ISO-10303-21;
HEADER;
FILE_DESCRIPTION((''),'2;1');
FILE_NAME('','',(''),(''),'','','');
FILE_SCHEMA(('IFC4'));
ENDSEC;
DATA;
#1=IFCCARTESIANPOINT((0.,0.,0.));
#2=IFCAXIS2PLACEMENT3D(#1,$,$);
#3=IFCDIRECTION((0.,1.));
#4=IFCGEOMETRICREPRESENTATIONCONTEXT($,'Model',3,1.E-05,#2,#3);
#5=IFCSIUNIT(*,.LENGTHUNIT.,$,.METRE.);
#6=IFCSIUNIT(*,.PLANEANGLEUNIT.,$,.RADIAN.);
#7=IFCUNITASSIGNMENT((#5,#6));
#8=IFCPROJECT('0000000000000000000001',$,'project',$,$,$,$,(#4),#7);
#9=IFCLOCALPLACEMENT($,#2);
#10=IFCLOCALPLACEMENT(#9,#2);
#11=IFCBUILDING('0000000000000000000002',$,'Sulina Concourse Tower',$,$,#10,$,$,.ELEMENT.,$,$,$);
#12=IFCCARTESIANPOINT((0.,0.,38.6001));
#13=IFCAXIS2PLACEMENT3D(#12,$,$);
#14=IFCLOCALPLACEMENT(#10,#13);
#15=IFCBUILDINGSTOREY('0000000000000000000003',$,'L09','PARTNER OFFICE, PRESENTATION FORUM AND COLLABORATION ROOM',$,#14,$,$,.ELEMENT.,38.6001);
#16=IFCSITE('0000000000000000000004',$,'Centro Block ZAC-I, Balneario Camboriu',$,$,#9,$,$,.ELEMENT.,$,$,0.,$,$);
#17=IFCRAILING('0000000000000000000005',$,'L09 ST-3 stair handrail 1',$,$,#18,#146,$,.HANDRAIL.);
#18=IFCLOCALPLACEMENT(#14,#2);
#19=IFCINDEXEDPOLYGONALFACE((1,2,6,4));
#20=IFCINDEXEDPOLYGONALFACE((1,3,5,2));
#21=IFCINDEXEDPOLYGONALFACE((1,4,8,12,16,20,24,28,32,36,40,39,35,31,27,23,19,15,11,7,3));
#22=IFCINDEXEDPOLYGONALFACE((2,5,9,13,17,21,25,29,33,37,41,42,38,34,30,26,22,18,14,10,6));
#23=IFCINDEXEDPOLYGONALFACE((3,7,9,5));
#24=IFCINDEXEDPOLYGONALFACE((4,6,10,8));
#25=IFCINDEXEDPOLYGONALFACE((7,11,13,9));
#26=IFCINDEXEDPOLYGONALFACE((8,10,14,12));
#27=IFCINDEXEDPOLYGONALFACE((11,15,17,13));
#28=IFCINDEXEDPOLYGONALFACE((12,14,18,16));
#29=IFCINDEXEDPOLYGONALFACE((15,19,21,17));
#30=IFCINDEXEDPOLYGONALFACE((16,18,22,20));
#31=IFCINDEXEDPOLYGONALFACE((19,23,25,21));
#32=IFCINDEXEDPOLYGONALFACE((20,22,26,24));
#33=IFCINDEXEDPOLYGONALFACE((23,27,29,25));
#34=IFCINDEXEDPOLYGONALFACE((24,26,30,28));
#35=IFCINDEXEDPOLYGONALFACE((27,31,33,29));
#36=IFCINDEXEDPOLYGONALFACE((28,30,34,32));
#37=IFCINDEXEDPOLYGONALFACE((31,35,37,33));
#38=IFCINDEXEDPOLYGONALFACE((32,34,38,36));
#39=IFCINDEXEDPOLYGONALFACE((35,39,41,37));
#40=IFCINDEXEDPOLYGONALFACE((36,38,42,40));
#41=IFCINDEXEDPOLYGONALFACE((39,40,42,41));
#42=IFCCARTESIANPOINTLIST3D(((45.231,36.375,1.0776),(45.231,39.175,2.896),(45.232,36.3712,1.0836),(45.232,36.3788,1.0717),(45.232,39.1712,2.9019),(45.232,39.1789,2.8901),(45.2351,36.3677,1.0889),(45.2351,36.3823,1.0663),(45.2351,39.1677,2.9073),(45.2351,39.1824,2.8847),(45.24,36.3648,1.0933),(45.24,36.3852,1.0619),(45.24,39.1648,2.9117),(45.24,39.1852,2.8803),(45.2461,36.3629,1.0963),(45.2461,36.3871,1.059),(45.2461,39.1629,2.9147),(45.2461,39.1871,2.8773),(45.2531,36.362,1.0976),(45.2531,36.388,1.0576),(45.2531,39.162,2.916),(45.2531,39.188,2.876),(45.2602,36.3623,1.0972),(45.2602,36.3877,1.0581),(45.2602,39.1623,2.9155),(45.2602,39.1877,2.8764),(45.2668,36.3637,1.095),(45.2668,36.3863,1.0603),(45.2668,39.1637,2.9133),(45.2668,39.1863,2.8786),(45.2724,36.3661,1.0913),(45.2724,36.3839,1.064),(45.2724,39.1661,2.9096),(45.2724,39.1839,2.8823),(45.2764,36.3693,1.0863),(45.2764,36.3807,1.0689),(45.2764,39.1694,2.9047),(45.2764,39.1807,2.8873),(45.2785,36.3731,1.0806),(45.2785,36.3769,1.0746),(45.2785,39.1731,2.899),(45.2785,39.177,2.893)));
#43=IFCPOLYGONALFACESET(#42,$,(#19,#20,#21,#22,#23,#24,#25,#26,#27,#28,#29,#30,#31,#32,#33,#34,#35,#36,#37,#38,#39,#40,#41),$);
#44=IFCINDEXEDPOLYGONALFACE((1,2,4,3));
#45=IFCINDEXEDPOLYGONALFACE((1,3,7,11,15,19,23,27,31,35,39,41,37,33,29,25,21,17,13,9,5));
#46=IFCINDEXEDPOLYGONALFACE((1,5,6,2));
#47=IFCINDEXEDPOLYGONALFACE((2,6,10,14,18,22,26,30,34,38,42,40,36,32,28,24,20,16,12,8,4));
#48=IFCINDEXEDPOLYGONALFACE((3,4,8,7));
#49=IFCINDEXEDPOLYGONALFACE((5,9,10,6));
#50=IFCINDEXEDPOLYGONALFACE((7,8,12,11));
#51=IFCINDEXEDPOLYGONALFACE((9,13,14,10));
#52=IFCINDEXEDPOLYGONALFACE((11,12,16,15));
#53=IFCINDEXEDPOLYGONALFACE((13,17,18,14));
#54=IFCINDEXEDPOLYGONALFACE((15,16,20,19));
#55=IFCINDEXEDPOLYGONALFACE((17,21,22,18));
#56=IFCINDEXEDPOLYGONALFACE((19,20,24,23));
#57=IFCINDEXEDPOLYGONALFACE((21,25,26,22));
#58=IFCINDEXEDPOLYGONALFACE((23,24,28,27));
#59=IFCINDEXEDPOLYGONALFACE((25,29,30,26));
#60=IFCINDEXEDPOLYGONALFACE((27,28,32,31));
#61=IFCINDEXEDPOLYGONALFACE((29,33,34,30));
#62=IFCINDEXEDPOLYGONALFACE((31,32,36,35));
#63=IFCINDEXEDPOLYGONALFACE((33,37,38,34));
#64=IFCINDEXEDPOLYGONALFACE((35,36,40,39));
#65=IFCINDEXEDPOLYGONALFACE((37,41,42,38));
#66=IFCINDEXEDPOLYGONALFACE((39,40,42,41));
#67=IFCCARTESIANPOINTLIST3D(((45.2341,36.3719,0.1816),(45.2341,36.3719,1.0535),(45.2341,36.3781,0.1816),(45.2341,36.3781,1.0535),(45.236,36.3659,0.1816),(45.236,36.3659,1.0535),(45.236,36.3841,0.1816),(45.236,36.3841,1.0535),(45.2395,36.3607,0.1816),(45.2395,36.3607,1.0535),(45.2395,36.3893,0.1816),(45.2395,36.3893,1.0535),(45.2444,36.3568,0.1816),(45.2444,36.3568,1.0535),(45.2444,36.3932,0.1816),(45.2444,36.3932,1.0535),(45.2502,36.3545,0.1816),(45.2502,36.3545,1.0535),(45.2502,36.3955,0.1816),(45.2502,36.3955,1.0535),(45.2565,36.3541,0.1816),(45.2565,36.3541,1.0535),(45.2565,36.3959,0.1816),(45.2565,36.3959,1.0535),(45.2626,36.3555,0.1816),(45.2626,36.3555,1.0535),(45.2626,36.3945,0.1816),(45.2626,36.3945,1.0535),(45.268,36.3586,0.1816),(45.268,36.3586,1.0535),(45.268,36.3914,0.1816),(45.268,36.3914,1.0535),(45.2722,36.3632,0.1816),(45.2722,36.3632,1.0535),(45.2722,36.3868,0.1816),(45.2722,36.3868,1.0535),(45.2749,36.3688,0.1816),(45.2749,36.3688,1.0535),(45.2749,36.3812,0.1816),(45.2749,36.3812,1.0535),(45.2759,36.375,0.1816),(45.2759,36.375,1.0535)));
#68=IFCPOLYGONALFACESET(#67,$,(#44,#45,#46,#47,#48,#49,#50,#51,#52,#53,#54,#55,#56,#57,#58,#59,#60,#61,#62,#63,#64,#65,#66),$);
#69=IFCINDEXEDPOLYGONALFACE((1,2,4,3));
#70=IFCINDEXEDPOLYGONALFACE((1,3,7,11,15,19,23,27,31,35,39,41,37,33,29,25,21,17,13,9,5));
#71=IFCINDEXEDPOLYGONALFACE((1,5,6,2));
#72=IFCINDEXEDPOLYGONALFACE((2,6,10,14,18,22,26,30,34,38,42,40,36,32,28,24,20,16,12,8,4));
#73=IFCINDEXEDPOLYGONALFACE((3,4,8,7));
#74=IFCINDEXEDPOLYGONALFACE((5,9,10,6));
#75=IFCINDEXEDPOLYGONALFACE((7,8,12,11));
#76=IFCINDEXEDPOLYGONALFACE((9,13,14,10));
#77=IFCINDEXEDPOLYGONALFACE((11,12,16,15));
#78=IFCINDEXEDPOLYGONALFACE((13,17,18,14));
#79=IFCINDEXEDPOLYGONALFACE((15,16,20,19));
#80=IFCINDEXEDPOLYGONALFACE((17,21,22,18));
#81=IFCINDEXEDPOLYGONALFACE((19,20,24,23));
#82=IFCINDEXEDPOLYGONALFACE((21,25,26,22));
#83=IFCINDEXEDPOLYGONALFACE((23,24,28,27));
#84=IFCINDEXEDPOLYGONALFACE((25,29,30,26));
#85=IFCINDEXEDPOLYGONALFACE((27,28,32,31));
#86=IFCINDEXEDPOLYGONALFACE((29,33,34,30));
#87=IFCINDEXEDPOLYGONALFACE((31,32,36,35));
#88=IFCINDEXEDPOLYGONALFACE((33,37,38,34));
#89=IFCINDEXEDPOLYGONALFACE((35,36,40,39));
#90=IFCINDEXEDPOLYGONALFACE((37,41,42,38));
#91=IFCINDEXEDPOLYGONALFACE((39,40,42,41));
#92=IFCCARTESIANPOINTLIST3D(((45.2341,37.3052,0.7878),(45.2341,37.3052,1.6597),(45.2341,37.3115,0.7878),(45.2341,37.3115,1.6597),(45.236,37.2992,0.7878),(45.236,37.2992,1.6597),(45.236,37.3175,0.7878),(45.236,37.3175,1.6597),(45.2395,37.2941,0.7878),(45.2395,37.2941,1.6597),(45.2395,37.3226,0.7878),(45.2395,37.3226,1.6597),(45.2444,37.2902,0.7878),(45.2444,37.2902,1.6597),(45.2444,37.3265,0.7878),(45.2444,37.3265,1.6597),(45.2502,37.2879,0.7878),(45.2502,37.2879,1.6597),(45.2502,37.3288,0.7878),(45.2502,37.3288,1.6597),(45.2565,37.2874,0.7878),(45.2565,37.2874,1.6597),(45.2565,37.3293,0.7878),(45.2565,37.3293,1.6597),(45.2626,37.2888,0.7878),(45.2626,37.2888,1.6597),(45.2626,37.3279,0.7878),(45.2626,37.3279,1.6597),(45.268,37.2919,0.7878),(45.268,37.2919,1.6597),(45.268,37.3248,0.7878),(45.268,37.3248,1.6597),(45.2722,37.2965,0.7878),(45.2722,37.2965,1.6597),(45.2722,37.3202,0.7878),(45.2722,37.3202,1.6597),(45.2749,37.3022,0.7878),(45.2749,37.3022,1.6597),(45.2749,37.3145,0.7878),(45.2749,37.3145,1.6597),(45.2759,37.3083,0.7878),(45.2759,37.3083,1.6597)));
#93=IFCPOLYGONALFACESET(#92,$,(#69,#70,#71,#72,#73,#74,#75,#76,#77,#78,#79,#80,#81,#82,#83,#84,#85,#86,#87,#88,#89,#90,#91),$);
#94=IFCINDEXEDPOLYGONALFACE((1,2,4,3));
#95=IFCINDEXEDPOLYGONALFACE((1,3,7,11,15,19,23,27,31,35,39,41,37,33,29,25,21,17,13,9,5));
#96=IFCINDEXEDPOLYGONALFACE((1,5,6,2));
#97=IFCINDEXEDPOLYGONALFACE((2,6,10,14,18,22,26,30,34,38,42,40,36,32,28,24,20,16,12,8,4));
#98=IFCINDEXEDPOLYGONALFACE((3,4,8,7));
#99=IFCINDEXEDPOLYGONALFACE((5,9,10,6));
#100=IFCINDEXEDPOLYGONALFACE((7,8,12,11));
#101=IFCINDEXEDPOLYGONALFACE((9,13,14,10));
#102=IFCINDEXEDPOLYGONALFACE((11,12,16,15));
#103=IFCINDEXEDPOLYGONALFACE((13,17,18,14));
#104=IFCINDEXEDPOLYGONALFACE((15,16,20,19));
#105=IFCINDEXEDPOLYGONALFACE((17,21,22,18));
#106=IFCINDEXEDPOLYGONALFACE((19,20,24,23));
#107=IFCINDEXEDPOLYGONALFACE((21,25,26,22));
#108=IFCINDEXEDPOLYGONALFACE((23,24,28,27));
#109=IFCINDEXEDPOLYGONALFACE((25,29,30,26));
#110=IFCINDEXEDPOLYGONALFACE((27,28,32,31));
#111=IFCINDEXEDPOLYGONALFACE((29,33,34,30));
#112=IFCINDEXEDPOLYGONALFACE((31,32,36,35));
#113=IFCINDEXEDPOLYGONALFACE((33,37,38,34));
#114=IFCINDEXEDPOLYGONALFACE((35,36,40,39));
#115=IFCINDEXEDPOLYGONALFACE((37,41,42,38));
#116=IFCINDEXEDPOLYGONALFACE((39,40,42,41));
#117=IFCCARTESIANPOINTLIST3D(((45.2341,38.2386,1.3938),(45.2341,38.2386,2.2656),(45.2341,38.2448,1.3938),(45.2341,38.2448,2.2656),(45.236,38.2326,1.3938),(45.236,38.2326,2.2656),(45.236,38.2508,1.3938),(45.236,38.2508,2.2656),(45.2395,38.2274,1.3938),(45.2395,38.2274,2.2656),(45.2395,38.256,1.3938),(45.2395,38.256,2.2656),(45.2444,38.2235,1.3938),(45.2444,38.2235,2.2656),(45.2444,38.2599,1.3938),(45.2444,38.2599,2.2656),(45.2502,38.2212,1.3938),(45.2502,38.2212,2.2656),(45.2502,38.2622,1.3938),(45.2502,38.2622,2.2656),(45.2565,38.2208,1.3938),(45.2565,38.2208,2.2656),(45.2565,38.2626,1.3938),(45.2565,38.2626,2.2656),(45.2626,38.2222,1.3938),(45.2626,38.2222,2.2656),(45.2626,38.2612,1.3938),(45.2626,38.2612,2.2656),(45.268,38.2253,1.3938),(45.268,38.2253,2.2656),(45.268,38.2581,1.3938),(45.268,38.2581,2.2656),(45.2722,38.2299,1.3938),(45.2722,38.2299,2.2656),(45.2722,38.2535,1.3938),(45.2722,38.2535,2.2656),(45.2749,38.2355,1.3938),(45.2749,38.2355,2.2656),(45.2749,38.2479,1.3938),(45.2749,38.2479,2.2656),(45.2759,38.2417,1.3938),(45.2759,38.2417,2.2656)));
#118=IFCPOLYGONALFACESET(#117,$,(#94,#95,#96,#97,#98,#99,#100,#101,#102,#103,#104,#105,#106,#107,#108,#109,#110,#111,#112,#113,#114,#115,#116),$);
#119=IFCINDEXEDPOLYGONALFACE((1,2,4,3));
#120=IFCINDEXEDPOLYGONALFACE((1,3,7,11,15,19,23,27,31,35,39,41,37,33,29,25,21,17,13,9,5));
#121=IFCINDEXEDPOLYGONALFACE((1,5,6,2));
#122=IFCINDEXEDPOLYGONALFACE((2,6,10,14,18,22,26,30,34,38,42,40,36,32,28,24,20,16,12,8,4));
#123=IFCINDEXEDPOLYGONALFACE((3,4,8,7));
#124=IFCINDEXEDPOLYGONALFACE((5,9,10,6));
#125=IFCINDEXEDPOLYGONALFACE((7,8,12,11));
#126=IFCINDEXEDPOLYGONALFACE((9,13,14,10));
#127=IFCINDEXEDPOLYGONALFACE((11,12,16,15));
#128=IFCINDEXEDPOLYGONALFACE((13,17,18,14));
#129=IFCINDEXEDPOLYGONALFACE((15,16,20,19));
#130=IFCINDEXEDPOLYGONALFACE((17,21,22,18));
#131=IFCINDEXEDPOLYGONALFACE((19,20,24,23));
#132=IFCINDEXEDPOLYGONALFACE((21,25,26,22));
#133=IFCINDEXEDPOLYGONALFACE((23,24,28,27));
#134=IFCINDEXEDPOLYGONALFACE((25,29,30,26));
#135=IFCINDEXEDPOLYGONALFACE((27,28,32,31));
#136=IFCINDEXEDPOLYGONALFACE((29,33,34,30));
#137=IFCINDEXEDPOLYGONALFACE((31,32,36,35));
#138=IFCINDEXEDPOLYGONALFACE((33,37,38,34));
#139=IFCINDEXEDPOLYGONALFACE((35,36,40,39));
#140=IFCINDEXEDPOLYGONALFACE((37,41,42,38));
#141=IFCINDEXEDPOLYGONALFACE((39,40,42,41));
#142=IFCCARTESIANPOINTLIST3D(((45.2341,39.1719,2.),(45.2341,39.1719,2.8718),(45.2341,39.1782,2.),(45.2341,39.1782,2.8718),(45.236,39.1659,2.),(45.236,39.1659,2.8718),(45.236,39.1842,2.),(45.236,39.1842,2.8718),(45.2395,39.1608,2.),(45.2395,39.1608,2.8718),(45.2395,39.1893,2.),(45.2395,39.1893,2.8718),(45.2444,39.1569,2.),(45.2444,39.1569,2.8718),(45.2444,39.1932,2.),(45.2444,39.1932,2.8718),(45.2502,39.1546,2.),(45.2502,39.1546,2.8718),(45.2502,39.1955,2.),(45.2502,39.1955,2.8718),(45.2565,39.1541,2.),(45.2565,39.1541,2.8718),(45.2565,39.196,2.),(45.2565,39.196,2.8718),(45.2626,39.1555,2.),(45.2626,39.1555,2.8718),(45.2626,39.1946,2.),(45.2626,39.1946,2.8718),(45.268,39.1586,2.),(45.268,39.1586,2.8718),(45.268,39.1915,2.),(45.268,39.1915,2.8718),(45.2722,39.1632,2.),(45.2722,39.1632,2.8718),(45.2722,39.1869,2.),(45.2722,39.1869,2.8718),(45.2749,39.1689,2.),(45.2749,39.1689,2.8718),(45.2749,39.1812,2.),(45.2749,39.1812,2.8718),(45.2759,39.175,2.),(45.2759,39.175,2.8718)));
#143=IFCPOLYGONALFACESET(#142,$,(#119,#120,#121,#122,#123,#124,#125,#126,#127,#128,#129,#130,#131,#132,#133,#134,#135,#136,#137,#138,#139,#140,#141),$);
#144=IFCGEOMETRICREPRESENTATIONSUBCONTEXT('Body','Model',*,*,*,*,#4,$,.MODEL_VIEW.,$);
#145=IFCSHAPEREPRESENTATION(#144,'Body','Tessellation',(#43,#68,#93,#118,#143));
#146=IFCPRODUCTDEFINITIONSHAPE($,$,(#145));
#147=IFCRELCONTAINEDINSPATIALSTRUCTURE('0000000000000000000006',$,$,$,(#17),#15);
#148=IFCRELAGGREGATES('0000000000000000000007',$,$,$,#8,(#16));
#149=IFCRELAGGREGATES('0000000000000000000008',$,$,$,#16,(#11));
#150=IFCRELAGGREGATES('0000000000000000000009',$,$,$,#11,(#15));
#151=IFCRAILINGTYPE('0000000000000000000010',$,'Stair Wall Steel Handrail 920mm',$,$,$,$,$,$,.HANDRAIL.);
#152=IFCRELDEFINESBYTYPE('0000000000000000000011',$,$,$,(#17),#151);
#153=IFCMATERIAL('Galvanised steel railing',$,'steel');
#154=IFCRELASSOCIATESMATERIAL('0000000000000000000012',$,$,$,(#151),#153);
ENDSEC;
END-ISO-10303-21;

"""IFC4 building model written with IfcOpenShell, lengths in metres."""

from ifc_helpers import new_model, si_unit, direction, frame, origin, origin_2d, place, context, subcontext, project, spatial, circle, extrude, material, type_object, element, save


model = new_model("IFC4")

# Units and contexts
model_context = context("Model", 3, precision=1e-05, world=origin(), true_north=direction((0.0, 1.0)))
body_context = subcontext(model_context, "Body", "Model", "MODEL_VIEW")
ifc_project = project(units=[si_unit("LENGTHUNIT", "METRE"), si_unit("PLANEANGLEUNIT", "RADIAN")], contexts=[model_context])

# Site, building, storey
site_placement = place(None, origin())
site = spatial("IfcSite", under=ifc_project, at=site_placement, Name="Centro Block ZAC-I, Balneario Camboriu", CompositionType="ELEMENT", RefElevation=0.0)
building_placement = place(site_placement, origin())
building = spatial("IfcBuilding", under=site, at=building_placement, Name="Sulina Concourse Tower", CompositionType="ELEMENT")
storey_placement = place(building_placement, frame((0.0, 0.0, 38.6001)))
storey = spatial("IfcBuildingStorey", under=building, at=storey_placement, Name="L09", Description="PARTNER OFFICE, PRESENTATION FORUM AND COLLABORATION ROOM", CompositionType="ELEMENT", Elevation=38.6001)

# Railing
ifc_material_1 = material(Name="Galvanised steel railing", Category="steel")
railing_type_1 = type_object("IfcRailingType", Name="Stair Wall Steel Handrail 920mm", PredefinedType="HANDRAIL", material=ifc_material_1)
railing_1_placement = place(storey_placement, frame((45.2549, 36.375, 0.1816)))
element("IfcRailing", 1, at=railing_1_placement, inside=storey, type_object=railing_type_1, Name="L09 ST-3 stair handrail 1", PredefinedType="HANDRAIL", context=body_context, shape_type="SweptSolid", body=[
    extrude(circle(Radius=0.0239, at=origin_2d()), frame((0.0, 0.0, 0.896), z_axis=(0.0, 0.838672, 0.544636), x_axis=(-1.0, 0.0, 0.0)), (0.0, 0.0, 1.0), 3.3386),
    extrude(circle(Radius=0.021, at=origin_2d()), origin(), (0.0, 0.0, 1.0), 0.8718),
    extrude(circle(Radius=0.021, at=origin_2d()), frame((0.0, 0.9333, 0.6062)), (0.0, 0.0, 1.0), 0.8718),
    extrude(circle(Radius=0.021, at=origin_2d()), frame((0.0, 1.8667, 1.2122)), (0.0, 0.0, 1.0), 0.8718),
    extrude(circle(Radius=0.021, at=origin_2d()), frame((0.0, 2.8, 1.8184)), (0.0, 0.0, 1.0), 0.8718),
])

save(model, "model.ifc")
